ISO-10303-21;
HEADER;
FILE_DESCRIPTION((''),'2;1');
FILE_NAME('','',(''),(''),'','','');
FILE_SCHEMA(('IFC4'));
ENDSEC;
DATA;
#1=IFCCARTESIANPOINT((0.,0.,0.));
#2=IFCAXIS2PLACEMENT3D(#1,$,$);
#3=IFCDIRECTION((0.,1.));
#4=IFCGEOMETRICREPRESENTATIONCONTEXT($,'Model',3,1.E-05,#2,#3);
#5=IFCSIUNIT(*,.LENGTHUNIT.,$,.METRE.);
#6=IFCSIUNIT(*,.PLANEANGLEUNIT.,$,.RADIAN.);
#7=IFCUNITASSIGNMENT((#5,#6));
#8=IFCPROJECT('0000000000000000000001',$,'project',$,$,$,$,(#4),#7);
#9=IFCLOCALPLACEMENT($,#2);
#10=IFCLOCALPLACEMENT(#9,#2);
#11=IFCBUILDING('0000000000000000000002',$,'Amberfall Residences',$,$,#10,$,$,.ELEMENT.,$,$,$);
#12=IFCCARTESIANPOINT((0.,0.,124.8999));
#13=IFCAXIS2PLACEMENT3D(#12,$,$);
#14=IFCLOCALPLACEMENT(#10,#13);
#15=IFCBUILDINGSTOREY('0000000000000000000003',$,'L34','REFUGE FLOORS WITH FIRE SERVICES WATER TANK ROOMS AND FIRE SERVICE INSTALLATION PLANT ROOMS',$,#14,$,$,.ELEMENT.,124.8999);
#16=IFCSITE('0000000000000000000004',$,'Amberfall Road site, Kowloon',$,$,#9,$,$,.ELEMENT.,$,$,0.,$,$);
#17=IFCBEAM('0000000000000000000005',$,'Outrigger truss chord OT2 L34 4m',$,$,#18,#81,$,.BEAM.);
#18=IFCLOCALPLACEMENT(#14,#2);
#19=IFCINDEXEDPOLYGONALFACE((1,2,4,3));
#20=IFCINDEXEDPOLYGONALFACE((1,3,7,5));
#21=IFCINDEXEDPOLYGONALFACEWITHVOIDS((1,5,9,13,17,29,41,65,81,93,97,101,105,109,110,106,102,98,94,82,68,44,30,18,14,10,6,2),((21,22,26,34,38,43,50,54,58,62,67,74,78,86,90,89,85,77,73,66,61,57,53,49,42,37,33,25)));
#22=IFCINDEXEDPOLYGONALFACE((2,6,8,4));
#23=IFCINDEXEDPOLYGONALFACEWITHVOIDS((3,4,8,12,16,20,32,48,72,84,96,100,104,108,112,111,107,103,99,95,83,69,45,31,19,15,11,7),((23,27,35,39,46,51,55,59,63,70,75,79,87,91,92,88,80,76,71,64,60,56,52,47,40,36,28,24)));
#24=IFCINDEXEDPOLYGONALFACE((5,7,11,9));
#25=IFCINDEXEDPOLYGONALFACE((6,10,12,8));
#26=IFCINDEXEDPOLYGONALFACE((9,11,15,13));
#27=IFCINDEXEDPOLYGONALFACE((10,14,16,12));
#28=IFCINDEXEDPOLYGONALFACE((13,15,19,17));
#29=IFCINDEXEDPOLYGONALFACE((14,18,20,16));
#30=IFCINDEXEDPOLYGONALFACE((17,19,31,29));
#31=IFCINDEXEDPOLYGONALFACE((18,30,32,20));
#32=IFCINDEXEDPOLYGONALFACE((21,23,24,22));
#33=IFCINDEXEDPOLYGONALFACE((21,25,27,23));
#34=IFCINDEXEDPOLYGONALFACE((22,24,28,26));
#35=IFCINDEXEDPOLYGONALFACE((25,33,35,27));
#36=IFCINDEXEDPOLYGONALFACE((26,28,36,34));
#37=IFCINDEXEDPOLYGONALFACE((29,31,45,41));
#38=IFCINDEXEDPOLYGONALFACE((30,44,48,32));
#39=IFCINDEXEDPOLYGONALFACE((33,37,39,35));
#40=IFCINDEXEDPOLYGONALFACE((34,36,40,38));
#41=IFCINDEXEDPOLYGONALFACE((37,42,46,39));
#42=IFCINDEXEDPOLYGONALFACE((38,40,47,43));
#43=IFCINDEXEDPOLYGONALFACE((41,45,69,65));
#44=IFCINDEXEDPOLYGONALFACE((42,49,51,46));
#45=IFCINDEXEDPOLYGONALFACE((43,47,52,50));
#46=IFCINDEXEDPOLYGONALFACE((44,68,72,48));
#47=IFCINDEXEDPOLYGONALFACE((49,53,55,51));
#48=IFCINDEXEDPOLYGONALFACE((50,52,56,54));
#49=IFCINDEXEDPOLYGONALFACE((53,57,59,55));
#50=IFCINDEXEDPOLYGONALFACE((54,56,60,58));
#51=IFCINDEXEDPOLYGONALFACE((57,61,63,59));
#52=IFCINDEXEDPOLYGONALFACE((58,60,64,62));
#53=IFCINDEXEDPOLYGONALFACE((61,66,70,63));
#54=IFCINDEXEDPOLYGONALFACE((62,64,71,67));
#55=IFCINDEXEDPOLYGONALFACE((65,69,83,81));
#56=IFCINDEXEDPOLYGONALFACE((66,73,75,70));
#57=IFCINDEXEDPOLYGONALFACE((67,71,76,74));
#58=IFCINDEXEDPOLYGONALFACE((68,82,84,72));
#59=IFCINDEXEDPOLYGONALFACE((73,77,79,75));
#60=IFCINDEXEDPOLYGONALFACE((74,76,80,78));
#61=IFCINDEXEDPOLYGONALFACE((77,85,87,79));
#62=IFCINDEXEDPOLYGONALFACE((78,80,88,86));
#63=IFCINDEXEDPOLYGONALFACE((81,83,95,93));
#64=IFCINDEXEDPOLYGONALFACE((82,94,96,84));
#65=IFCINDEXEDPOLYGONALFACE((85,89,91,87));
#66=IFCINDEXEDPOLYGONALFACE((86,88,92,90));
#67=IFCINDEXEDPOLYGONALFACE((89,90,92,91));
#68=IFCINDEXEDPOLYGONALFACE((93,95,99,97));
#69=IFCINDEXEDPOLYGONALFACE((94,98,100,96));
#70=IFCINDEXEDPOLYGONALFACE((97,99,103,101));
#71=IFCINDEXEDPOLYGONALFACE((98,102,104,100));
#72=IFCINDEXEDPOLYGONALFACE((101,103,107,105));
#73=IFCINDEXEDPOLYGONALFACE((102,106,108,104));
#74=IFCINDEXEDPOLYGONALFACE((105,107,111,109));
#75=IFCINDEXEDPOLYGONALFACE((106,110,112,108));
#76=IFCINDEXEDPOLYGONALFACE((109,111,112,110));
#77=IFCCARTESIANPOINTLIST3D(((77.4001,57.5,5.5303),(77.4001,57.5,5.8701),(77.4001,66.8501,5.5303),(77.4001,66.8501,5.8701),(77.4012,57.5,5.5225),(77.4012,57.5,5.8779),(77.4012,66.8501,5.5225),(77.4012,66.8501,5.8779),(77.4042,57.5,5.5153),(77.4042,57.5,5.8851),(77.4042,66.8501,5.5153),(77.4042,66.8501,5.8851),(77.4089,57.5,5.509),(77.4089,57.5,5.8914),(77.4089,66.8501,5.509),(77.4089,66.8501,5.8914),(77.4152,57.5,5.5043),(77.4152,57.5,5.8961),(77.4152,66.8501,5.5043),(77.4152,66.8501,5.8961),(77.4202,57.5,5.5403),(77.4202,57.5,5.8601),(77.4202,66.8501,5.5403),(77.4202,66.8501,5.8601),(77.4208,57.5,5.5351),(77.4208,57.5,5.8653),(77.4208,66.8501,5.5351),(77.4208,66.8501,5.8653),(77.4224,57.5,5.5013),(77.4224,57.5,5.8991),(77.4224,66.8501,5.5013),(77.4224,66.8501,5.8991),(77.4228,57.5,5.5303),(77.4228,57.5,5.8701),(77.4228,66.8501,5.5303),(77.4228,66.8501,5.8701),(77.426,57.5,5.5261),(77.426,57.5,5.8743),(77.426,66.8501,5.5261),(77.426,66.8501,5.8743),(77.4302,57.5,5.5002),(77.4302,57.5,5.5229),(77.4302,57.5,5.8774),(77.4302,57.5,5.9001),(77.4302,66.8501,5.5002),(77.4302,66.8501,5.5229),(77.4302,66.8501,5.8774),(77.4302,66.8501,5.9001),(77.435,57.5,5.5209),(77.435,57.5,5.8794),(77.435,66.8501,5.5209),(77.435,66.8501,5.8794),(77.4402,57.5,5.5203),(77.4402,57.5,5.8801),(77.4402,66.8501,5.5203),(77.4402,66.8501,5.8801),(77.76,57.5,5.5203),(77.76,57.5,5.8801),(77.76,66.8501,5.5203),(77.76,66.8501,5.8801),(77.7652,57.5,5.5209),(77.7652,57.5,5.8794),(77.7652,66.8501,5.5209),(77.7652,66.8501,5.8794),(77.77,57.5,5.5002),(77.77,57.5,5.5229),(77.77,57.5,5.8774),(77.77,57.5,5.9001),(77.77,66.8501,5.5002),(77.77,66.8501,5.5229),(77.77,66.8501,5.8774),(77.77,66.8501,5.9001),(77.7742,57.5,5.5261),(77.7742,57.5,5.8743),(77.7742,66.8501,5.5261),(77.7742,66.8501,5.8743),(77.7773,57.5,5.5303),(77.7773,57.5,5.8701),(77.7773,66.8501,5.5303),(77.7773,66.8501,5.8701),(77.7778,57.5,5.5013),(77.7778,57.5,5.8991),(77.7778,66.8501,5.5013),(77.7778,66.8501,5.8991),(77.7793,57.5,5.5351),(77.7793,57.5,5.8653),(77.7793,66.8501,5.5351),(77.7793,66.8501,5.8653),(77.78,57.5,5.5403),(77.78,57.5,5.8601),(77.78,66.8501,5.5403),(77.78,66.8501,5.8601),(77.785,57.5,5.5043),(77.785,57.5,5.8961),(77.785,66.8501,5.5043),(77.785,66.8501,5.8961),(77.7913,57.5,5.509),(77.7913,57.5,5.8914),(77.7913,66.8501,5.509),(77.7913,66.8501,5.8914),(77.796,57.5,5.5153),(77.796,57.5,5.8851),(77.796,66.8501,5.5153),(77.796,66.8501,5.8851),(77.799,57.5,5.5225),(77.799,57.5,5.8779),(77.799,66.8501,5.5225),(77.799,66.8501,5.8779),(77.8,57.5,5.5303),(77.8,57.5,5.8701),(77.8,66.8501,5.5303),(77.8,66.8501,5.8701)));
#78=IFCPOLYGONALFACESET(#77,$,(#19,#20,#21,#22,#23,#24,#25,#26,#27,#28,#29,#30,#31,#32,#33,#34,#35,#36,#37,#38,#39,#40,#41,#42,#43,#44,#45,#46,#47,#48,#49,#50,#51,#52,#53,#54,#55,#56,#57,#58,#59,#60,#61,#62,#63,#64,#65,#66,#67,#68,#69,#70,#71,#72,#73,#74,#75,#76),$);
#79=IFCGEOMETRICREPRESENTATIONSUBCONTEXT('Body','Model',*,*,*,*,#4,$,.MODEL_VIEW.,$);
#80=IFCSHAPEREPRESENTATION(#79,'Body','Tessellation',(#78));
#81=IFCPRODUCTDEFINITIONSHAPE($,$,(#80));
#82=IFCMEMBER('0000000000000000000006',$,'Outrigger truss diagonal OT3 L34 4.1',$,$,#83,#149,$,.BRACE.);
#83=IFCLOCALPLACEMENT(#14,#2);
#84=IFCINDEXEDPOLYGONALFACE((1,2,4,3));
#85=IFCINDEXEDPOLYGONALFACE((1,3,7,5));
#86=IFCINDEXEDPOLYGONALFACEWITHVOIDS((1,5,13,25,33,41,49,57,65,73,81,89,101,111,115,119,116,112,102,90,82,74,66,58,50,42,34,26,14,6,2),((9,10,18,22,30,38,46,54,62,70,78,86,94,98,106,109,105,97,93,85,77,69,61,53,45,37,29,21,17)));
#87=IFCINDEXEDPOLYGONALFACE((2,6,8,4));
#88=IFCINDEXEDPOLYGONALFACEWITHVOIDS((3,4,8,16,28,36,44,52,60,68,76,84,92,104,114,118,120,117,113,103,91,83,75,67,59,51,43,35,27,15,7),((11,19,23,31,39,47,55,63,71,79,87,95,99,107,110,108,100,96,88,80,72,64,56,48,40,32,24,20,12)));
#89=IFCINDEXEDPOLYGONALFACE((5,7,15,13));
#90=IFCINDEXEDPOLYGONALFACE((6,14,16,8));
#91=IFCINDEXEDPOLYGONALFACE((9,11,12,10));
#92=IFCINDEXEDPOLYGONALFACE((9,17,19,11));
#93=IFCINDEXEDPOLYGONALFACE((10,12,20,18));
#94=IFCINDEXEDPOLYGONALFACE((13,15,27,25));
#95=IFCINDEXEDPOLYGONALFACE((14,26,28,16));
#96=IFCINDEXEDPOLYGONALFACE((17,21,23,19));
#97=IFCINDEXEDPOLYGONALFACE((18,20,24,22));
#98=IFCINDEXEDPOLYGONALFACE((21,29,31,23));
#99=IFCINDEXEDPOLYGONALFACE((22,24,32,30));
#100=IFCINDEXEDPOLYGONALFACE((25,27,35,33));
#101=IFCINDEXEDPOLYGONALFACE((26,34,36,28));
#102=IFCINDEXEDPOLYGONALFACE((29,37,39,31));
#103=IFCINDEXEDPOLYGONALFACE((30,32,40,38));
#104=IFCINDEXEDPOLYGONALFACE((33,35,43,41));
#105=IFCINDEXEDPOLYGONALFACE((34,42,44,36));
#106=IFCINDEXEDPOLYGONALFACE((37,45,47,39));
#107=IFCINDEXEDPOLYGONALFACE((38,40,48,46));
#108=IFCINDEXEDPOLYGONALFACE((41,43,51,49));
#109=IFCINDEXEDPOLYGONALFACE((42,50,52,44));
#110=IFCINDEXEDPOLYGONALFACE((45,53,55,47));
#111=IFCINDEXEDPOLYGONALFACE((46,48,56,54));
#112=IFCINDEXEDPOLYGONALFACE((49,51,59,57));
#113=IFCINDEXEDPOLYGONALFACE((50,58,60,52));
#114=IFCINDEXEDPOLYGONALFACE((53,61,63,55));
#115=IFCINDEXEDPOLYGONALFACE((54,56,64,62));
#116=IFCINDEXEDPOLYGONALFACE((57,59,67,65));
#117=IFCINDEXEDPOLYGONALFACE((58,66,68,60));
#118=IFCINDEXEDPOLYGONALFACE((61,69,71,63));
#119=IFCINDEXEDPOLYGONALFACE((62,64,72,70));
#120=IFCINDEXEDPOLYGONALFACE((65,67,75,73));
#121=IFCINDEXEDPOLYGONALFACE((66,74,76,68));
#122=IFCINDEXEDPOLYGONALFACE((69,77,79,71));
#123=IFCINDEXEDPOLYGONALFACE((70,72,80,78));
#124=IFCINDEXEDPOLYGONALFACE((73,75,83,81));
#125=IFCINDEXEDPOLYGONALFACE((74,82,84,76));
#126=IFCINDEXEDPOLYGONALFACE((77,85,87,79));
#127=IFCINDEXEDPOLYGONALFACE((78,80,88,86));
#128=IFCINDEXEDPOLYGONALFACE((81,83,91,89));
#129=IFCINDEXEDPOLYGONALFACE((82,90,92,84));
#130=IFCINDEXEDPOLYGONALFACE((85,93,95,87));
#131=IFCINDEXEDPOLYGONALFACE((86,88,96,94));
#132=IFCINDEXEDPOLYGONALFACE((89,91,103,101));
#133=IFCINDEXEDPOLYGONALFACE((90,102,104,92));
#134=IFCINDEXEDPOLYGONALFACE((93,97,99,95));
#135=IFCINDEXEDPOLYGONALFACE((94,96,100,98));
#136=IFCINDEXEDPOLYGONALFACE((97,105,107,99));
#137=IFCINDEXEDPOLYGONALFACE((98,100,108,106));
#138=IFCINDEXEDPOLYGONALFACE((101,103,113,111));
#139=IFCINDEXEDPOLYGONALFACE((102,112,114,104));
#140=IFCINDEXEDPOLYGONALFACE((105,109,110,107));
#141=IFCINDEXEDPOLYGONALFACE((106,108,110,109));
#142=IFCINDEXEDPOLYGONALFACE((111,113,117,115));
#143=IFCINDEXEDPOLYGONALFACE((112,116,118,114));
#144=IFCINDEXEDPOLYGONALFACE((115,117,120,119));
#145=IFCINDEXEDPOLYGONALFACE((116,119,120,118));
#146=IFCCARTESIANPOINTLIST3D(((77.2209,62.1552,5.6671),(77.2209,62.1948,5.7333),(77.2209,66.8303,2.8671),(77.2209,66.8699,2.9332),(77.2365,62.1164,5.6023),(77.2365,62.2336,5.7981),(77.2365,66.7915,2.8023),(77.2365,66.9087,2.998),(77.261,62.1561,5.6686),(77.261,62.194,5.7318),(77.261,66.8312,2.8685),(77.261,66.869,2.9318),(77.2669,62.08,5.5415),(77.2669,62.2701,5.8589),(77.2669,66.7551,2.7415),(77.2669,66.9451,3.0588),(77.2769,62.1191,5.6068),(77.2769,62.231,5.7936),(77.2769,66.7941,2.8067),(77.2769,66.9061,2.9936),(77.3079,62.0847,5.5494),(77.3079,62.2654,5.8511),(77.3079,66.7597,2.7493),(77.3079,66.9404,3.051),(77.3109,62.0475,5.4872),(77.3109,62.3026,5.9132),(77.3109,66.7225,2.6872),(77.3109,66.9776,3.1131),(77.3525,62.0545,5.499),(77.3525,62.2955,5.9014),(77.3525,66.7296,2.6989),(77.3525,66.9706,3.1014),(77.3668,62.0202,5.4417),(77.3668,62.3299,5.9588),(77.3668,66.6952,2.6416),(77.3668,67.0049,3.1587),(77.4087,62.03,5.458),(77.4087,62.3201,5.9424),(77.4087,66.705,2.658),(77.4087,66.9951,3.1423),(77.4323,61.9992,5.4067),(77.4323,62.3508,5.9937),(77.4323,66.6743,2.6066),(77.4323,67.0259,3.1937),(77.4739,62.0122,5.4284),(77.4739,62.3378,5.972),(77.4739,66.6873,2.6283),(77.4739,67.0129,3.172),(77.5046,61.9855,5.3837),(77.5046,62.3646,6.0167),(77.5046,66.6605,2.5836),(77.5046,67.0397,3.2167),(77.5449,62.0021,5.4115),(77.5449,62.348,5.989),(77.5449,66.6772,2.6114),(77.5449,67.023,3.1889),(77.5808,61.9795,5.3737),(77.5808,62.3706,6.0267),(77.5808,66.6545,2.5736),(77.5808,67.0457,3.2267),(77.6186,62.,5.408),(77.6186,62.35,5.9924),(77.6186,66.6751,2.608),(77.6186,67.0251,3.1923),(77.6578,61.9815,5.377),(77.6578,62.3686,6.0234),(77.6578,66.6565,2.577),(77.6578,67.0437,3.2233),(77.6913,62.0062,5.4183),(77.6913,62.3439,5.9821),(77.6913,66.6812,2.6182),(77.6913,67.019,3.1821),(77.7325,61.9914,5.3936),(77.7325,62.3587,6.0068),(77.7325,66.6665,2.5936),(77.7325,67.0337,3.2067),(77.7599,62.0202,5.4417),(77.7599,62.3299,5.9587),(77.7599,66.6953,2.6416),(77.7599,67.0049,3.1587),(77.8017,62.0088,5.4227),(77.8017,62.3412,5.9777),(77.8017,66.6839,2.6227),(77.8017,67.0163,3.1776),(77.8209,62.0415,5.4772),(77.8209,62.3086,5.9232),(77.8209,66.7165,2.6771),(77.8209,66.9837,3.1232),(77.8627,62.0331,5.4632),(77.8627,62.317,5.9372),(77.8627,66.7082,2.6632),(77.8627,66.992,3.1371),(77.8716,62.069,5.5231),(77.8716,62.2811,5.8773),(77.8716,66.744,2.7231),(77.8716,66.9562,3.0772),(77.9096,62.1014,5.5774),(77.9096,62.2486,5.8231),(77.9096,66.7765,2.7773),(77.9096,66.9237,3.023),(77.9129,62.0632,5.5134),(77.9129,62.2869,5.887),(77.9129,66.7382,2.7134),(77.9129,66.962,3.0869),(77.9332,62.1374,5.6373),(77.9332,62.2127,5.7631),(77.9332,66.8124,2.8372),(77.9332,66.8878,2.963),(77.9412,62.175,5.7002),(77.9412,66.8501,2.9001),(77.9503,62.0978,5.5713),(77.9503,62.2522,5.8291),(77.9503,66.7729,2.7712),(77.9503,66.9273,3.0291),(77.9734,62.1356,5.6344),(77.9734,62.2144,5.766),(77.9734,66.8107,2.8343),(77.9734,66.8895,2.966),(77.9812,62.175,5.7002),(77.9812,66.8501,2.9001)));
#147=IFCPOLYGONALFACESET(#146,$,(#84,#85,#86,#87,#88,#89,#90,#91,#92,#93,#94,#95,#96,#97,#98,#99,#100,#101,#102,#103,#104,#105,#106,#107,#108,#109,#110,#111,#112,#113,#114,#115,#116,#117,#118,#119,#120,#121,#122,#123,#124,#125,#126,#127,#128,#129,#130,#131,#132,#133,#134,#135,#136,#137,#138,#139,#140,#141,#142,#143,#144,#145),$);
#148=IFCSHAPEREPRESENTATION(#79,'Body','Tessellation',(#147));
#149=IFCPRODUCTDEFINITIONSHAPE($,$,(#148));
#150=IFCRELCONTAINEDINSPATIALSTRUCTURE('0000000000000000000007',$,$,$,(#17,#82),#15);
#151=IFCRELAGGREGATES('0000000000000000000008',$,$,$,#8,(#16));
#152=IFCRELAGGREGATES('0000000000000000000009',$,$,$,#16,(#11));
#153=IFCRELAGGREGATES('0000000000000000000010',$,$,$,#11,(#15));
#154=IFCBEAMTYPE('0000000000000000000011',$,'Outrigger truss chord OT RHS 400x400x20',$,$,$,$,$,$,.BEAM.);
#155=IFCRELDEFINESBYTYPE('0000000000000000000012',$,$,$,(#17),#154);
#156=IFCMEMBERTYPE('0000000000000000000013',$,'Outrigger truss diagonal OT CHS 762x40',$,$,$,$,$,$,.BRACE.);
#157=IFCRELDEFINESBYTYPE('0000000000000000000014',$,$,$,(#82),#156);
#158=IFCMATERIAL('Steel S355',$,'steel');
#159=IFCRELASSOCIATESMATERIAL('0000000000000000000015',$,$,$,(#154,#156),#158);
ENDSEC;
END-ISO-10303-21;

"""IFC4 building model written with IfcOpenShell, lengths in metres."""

from ifc_helpers import new_model, si_unit, direction, frame, origin, origin_2d, place, context, subcontext, project, spatial, hollow_rectangle, hollow_circle, extrude, material, material_profile, profile_set, type_object, element, save


model = new_model("IFC4")

# Units and contexts
model_context = context("Model", 3, precision=1e-05, world=origin(), true_north=direction((0.0, 1.0)))
body_context = subcontext(model_context, "Body", "Model", "MODEL_VIEW")
ifc_project = project(units=[si_unit("LENGTHUNIT", "METRE"), si_unit("PLANEANGLEUNIT", "RADIAN")], contexts=[model_context])

# Site, building, storey
site_placement = place(None, origin())
site = spatial("IfcSite", under=ifc_project, at=site_placement, Name="Amberfall Road site, Kowloon", CompositionType="ELEMENT", RefElevation=0.0)
building_placement = place(site_placement, origin())
building = spatial("IfcBuilding", under=site, at=building_placement, Name="Amberfall Residences", CompositionType="ELEMENT")
storey_placement = place(building_placement, frame((0.0, 0.0, 124.8999)))
storey = spatial("IfcBuildingStorey", under=building, at=storey_placement, Name="L34", Description="REFUGE FLOORS WITH FIRE SERVICES WATER TANK ROOMS AND FIRE SERVICE INSTALLATION PLANT ROOMS", CompositionType="ELEMENT", Elevation=124.8999)

# Shared definitions
ifc_material_1 = material(Name="Steel S355", Category="steel")

# Beam
ifc_material_profile_1 = material_profile(ifc_material_1, hollow_rectangle(XDim=0.3999, YDim=0.3999, WallThickness=0.02, InnerFilletRadius=0.02, OuterFilletRadius=0.03, at=origin_2d()), Name="RHS 400x400x20")
ifc_profile_set_1 = profile_set([ifc_material_profile_1], Name="Steel S355")
beam_type_1 = type_object("IfcBeamType", Name="Outrigger truss chord OT RHS 400x400x20", PredefinedType="BEAM", material=ifc_profile_set_1)
for number, where, z_axis, x_axis, name in (
    (1, (77.6001, 66.8501, 5.7002), (0.0, -1.0, 0.0), (1.0, 0.0, 0.0), "Outrigger truss chord OT2 L34 4m"),
):
    element("IfcBeam", number, at=place(storey_placement, frame(where, z_axis=z_axis, x_axis=x_axis)), inside=storey, type_object=beam_type_1, Name=name, PredefinedType="BEAM", context=body_context, shape_type="SweptSolid", body=[
        extrude(hollow_rectangle(XDim=0.3999, YDim=0.3999, WallThickness=0.02, InnerFilletRadius=0.02, OuterFilletRadius=0.03, at=origin_2d()), origin(), (0.0, 0.0, 1.0), 9.3501),
    ])

# Member
ifc_material_profile_2 = material_profile(ifc_material_1, hollow_circle(Radius=0.3811, WallThickness=0.04, at=origin_2d()), Name="CHS 762x40")
ifc_profile_set_2 = profile_set([ifc_material_profile_2], Name="Steel S355")
member_type_1 = type_object("IfcMemberType", Name="Outrigger truss diagonal OT CHS 762x40", PredefinedType="BRACE", material=ifc_profile_set_2)
for number, where, z_axis, x_axis, name in (
    (2, (77.6001, 66.8501, 2.9001), (0.0, -0.857896, 0.513824), (1.0, 0.0, 0.0), "Outrigger truss diagonal OT3 L34 4.1"),
):
    element("IfcMember", number, at=place(storey_placement, frame(where, z_axis=z_axis, x_axis=x_axis)), inside=storey, type_object=member_type_1, Name=name, PredefinedType="BRACE", context=body_context, shape_type="SweptSolid", body=[
        extrude(hollow_circle(Radius=0.3811, WallThickness=0.04, at=origin_2d()), origin(), (0.0, 0.0, 1.0), 5.4495),
    ])

save(model, "model.ifc")
